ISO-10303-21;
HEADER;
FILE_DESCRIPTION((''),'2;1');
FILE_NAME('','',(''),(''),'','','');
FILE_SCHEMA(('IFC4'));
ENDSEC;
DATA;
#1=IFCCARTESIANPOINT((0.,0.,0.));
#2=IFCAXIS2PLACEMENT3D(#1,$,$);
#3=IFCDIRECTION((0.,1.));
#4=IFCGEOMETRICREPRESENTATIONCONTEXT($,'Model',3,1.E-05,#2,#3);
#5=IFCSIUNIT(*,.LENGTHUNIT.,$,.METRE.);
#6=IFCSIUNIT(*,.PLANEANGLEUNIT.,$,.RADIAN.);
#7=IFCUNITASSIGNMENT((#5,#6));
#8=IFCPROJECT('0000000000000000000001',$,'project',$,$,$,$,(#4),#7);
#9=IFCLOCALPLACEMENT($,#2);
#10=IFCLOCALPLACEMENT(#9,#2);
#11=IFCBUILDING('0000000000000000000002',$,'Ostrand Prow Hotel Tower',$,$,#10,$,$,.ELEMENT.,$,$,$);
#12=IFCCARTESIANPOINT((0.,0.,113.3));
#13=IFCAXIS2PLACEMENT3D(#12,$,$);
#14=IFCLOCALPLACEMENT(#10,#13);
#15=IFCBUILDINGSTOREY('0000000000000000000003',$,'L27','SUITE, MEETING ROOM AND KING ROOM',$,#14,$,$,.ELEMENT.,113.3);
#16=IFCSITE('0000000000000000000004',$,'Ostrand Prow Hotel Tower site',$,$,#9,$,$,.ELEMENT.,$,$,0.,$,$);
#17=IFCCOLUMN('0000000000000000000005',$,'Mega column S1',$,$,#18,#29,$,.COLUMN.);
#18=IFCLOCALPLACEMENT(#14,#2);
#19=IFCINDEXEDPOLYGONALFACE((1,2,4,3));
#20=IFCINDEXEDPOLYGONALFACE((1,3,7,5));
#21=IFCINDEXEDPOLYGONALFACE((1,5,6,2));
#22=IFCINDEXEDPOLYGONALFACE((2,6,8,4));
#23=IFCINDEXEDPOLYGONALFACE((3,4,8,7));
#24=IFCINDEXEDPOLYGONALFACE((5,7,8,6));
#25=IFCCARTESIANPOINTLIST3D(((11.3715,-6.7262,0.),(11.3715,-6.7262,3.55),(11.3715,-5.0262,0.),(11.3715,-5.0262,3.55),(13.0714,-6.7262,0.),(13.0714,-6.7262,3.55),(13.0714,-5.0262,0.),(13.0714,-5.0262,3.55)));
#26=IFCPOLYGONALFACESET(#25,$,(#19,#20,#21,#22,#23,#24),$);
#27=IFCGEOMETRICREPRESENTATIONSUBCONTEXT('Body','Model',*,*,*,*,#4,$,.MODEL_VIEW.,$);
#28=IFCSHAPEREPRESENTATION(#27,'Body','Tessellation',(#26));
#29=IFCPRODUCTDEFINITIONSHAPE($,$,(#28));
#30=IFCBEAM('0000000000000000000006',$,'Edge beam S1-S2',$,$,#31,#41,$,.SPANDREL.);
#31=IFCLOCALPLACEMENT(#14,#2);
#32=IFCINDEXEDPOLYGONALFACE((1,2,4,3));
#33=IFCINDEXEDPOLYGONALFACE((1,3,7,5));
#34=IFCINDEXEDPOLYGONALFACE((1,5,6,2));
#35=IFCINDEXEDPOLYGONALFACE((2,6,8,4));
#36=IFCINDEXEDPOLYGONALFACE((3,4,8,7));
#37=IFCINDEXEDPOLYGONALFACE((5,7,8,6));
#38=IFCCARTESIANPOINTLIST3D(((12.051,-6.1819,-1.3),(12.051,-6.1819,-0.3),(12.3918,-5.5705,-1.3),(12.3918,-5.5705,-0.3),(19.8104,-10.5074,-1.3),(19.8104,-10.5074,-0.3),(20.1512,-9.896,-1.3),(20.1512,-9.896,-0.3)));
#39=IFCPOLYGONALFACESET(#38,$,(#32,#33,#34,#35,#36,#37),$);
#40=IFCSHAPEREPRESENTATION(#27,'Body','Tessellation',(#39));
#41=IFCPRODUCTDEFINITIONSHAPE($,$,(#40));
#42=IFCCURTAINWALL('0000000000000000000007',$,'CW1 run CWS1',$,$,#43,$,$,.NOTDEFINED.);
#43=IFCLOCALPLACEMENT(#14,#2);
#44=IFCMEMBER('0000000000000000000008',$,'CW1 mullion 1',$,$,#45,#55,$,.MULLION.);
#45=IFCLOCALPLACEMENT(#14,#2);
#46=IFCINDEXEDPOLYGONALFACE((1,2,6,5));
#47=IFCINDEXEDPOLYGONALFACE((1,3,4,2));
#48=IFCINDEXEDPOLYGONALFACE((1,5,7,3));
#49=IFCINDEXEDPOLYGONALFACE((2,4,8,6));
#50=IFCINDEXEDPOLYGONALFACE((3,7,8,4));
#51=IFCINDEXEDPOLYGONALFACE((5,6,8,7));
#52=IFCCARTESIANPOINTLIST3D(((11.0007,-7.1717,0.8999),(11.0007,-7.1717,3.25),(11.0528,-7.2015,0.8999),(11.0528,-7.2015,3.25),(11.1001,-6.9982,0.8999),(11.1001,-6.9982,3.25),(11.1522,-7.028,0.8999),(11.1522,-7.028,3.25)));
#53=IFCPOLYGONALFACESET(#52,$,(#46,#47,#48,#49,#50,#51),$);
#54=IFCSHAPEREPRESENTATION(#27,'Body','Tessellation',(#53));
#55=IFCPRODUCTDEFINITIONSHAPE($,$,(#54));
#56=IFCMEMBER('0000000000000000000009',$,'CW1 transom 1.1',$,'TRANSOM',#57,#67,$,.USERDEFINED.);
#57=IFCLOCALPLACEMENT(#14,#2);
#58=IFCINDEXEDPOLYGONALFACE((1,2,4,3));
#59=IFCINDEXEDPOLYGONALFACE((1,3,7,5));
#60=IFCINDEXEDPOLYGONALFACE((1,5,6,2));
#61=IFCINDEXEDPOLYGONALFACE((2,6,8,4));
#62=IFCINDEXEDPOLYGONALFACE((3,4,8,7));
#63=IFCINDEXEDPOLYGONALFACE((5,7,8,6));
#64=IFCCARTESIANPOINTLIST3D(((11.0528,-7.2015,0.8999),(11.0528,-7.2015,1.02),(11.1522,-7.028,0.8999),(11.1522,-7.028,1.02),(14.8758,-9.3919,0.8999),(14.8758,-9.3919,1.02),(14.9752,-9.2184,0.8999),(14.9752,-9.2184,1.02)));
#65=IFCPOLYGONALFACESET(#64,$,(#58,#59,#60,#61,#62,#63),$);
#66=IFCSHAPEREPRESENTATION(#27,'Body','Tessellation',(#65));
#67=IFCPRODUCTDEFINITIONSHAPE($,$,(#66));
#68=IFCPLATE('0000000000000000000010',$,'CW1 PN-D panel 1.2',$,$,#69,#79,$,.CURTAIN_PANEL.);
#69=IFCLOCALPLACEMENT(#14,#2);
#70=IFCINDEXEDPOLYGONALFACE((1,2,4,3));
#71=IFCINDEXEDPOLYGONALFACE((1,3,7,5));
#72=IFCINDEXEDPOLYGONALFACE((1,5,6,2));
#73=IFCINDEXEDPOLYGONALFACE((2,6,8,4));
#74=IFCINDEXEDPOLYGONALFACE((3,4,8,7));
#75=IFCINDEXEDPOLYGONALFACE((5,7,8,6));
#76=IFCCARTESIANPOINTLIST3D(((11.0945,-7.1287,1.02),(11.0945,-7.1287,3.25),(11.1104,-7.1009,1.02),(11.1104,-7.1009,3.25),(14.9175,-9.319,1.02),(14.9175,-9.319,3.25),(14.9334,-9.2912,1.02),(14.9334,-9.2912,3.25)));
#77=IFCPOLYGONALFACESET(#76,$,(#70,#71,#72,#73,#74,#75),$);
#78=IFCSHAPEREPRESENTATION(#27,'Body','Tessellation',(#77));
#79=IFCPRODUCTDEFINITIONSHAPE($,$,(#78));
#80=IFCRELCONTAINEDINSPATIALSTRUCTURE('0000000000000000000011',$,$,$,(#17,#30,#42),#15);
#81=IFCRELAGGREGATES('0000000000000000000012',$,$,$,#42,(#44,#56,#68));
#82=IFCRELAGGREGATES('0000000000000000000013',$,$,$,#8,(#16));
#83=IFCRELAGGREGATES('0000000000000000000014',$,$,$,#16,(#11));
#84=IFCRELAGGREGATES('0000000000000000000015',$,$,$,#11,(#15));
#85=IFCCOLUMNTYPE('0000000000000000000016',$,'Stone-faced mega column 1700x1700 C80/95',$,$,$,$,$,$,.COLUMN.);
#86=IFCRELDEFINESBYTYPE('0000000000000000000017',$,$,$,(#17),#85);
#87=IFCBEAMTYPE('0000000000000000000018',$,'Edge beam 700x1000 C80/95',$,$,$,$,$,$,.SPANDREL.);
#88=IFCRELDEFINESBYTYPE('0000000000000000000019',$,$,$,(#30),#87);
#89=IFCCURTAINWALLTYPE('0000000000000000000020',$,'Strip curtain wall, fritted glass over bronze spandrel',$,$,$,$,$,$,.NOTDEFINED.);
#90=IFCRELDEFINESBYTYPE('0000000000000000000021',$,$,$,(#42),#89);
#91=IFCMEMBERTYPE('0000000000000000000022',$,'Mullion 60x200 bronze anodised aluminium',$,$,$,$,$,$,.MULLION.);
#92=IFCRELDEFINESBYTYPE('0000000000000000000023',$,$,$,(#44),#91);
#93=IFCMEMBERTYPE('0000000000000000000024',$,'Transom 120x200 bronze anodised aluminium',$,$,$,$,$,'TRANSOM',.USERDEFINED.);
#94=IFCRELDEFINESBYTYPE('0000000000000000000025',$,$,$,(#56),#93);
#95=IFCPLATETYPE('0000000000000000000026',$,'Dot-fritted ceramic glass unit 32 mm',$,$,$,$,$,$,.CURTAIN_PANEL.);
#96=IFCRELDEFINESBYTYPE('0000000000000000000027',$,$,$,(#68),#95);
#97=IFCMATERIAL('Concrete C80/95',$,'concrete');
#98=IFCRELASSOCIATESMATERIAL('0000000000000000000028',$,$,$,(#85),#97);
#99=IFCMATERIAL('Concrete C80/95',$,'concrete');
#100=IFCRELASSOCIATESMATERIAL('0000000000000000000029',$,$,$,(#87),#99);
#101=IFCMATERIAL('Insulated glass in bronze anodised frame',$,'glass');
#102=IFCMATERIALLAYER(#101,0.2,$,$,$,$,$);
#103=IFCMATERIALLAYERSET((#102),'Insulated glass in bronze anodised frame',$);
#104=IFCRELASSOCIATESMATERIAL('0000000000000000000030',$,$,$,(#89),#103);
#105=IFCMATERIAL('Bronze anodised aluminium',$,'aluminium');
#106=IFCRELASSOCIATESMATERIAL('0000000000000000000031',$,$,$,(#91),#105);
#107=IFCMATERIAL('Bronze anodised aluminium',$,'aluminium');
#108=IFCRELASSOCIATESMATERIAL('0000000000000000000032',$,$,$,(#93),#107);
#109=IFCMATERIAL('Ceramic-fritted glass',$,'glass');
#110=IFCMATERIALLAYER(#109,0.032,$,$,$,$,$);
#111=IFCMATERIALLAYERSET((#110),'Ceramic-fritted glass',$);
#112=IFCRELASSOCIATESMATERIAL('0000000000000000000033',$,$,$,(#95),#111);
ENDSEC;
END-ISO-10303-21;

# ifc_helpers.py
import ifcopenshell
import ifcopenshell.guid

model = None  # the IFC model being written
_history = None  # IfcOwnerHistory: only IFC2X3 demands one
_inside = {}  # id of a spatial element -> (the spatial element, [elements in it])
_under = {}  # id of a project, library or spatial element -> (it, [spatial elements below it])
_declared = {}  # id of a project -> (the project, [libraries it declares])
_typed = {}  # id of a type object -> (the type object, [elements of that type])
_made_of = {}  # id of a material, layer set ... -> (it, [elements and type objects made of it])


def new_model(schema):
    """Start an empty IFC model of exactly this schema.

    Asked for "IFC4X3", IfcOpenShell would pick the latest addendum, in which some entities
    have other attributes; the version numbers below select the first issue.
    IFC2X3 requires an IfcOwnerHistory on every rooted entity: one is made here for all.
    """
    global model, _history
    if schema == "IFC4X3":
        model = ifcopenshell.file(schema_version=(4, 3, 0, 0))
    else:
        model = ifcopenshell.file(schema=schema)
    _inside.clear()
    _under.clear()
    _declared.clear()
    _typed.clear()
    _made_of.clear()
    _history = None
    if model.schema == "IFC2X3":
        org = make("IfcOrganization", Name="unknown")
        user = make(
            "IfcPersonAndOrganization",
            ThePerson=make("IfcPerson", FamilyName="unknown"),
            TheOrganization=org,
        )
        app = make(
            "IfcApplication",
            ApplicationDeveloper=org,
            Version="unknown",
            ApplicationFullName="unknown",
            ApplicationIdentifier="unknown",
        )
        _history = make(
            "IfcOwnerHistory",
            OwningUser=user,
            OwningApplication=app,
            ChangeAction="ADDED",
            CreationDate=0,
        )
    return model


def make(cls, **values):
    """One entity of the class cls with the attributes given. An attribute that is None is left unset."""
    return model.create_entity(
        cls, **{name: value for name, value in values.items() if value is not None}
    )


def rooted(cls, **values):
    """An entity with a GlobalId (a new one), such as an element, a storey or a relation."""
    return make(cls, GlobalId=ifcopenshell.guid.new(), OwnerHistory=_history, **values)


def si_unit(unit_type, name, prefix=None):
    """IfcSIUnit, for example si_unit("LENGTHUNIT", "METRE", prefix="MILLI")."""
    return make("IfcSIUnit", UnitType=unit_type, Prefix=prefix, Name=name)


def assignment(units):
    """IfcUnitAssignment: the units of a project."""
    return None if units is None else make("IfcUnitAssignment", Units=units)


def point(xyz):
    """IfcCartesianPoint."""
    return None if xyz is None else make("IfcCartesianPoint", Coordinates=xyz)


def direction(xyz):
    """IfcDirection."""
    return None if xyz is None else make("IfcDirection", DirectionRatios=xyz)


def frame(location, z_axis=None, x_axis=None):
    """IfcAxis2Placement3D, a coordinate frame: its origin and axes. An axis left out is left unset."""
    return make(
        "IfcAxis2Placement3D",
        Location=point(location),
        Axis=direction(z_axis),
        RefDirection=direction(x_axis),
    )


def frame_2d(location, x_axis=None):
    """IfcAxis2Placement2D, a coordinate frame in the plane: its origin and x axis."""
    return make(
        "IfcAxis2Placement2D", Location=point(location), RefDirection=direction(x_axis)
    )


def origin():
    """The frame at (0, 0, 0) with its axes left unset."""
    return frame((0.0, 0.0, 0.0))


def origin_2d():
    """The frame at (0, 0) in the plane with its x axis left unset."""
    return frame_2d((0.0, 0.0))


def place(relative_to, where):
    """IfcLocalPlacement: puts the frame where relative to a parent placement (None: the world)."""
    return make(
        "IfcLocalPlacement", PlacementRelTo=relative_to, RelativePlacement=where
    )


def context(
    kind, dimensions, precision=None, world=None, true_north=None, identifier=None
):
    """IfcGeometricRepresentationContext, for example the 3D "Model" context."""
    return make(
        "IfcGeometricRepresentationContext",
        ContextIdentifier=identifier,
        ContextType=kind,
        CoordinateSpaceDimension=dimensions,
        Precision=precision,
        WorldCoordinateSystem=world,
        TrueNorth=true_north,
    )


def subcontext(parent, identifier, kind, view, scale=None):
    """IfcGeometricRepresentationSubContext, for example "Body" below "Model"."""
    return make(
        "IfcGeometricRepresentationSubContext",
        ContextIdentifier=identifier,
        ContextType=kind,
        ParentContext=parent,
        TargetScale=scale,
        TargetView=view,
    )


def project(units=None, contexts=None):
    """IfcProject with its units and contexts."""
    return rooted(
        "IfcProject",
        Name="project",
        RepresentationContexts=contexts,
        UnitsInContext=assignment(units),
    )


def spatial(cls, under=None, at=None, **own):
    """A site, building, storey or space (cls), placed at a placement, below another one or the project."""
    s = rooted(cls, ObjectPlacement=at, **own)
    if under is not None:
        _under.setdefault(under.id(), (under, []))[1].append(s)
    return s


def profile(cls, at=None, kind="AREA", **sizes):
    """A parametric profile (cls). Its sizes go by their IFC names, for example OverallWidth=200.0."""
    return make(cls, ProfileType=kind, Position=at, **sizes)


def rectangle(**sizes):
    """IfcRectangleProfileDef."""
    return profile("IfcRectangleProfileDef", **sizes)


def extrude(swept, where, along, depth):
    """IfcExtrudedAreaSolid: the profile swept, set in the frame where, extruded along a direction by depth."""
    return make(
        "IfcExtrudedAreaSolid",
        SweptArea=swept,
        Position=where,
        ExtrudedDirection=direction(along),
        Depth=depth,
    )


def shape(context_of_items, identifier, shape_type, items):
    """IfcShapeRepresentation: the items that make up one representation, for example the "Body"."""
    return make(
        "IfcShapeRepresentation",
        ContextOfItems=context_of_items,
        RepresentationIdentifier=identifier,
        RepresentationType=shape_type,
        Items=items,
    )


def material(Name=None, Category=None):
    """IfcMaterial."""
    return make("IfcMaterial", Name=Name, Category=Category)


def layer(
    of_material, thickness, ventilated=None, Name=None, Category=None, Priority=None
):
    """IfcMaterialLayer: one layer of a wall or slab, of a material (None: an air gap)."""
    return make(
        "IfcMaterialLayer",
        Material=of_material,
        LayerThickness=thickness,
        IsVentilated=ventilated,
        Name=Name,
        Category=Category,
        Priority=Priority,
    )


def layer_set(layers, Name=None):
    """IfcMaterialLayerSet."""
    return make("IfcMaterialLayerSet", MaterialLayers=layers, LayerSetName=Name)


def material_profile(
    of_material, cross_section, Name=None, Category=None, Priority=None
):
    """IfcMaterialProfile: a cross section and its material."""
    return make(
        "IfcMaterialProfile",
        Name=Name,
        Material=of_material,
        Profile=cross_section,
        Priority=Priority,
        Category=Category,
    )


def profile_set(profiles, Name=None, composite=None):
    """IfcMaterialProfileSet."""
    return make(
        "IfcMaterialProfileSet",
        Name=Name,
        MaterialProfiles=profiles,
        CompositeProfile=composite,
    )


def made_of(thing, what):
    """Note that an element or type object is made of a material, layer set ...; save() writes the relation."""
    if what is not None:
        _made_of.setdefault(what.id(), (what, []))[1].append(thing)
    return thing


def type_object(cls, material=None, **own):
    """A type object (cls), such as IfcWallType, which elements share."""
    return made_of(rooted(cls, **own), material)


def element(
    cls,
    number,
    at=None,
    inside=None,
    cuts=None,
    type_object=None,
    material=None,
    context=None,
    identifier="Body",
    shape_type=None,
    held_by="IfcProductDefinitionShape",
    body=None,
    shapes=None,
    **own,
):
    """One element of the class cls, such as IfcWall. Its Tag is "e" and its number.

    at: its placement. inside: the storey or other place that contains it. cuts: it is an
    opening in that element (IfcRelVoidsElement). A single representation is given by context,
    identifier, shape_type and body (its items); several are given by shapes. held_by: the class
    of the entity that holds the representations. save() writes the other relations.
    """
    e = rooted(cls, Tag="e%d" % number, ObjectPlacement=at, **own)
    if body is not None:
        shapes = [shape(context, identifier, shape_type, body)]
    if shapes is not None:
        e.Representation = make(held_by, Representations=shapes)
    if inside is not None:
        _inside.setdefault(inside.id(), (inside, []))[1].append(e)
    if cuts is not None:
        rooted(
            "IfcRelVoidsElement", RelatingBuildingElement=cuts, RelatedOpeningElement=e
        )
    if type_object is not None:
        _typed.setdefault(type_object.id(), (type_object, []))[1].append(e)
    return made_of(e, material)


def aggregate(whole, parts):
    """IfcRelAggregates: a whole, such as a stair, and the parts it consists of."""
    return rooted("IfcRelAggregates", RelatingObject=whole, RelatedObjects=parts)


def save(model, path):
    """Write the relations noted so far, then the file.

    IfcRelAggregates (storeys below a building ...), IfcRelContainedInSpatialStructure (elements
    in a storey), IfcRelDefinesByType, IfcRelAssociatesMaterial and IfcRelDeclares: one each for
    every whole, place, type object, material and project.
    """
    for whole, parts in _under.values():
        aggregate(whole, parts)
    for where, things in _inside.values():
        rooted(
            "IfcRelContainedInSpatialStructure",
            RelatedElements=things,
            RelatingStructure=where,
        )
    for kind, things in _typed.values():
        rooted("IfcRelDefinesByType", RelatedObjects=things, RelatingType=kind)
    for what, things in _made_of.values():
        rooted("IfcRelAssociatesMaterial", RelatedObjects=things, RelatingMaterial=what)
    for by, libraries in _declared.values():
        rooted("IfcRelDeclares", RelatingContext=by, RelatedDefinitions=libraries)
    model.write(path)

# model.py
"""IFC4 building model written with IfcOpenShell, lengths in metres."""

from ifc_helpers import new_model, si_unit, direction, frame, origin, origin_2d, place, context, subcontext, project, spatial, rectangle, extrude, material, layer, layer_set, material_profile, profile_set, type_object, element, aggregate, save


model = new_model("IFC4")

# Units and contexts
model_context = context("Model", 3, precision=1e-05, world=origin(), true_north=direction((0.0, 1.0)))
body_context = subcontext(model_context, "Body", "Model", "MODEL_VIEW")
ifc_project = project(units=[si_unit("LENGTHUNIT", "METRE"), si_unit("PLANEANGLEUNIT", "RADIAN")], contexts=[model_context])

# Site, building, storey
site_placement = place(None, origin())
site = spatial("IfcSite", under=ifc_project, at=site_placement, Name="Ostrand Prow Hotel Tower site", CompositionType="ELEMENT", RefElevation=0.0)
building_placement = place(site_placement, origin())
building = spatial("IfcBuilding", under=site, at=building_placement, Name="Ostrand Prow Hotel Tower", CompositionType="ELEMENT")
storey_placement = place(building_placement, frame((0.0, 0.0, 113.3)))
storey = spatial("IfcBuildingStorey", under=building, at=storey_placement, Name="L27", Description="SUITE, MEETING ROOM AND KING ROOM", CompositionType="ELEMENT", Elevation=113.3)

# Column
ifc_material_1 = material(Name="Concrete C80/95", Category="concrete")
ifc_material_profile_1 = material_profile(ifc_material_1, rectangle(XDim=1.7, YDim=1.7, at=origin_2d()), Name="RC 1700x1700")
ifc_profile_set_1 = profile_set([ifc_material_profile_1], Name="Concrete C80/95")
column_type = type_object("IfcColumnType", Name="Stone-faced mega column 1700x1700 C80/95", PredefinedType="COLUMN", material=ifc_profile_set_1)
column_placement = place(storey_placement, frame((12.2214, -5.8762, 0.0), z_axis=(0.0, 0.0, 1.0), x_axis=(1.0, 0.0, 0.0)))
element("IfcColumn", 1, at=column_placement, inside=storey, type_object=column_type, Name="Mega column S1", PredefinedType="COLUMN", context=body_context, shape_type="SweptSolid", body=[
    extrude(rectangle(XDim=1.7, YDim=1.7, at=origin_2d()), origin(), (0.0, 0.0, 1.0), 3.55),
])

# Beam
ifc_material_2 = material(Name="Concrete C80/95", Category="concrete")
ifc_material_profile_2 = material_profile(ifc_material_2, rectangle(XDim=0.7, YDim=1.0, at=origin_2d()), Name="RC 700x1000")
ifc_profile_set_2 = profile_set([ifc_material_profile_2], Name="Concrete C80/95")
beam_type = type_object("IfcBeamType", Name="Edge beam 700x1000 C80/95", PredefinedType="SPANDREL", material=ifc_profile_set_2)
beam_placement = place(storey_placement, frame((12.2214, -5.8762, -0.8), z_axis=(0.873452, -0.486909, 0.0), x_axis=(0.486909, 0.873452, 0.0)))
element("IfcBeam", 2, at=beam_placement, inside=storey, type_object=beam_type, Name="Edge beam S1-S2", PredefinedType="SPANDREL", context=body_context, shape_type="SweptSolid", body=[
    extrude(rectangle(XDim=0.7, YDim=1.0, at=origin_2d()), origin(), (0.0, 0.0, 1.0), 8.8835),
])

# Curtain wall, members, plate
ifc_material_3 = material(Name="Insulated glass in bronze anodised frame", Category="glass")
ifc_layer_1 = layer(ifc_material_3, 0.2)
ifc_layer_set_1 = layer_set([ifc_layer_1], Name="Insulated glass in bronze anodised frame")
curtain_wall_type = type_object("IfcCurtainWallType", Name="Strip curtain wall, fritted glass over bronze spandrel", PredefinedType="NOTDEFINED", material=ifc_layer_set_1)
curtain_wall_placement = place(storey_placement, origin())
curtain_wall = element("IfcCurtainWall", 3, at=curtain_wall_placement, inside=storey, type_object=curtain_wall_type, Name="CW1 run CWS1", PredefinedType="NOTDEFINED")
ifc_material_4 = material(Name="Bronze anodised aluminium", Category="aluminium")
ifc_material_profile_3 = material_profile(ifc_material_4, rectangle(XDim=0.2, YDim=0.0601, at=origin_2d()), Name="Mullion 60x200 bronze anodised aluminium")
ifc_profile_set_3 = profile_set([ifc_material_profile_3], Name="Bronze anodised aluminium")
member_type_1 = type_object("IfcMemberType", Name="Mullion 60x200 bronze anodised aluminium", PredefinedType="MULLION", material=ifc_profile_set_3)
member_1_placement = place(storey_placement, frame((11.0764, -7.0999, 0.8999), z_axis=(0.0, 0.0, 1.0), x_axis=(0.497115, 0.867685, 0.0)))
member_1 = element("IfcMember", 4, at=member_1_placement, type_object=member_type_1, Name="CW1 mullion 1", PredefinedType="MULLION", context=body_context, shape_type="SweptSolid", body=[
    extrude(rectangle(XDim=0.2, YDim=0.0601, at=origin_2d()), origin(), (0.0, 0.0, 1.0), 2.3501),
])
ifc_material_5 = material(Name="Bronze anodised aluminium", Category="aluminium")
ifc_material_profile_4 = material_profile(ifc_material_5, rectangle(XDim=0.2, YDim=0.1201, at=origin_2d()), Name="Transom 120x200 bronze anodised aluminium")
ifc_profile_set_4 = profile_set([ifc_material_profile_4], Name="Bronze anodised aluminium")
member_type_2 = type_object("IfcMemberType", Name="Transom 120x200 bronze anodised aluminium", ElementType="TRANSOM", PredefinedType="USERDEFINED", material=ifc_profile_set_4)
member_2_placement = place(storey_placement, frame((11.1025, -7.1147, 0.96), z_axis=(0.86767, -0.497141, 0.0), x_axis=(0.497141, 0.86767, 0.0)))
member_2 = element("IfcMember", 5, at=member_2_placement, type_object=member_type_2, Name="CW1 transom 1.1", ObjectType="TRANSOM", PredefinedType="USERDEFINED", context=body_context, shape_type="SweptSolid", body=[
    extrude(rectangle(XDim=0.2, YDim=0.1201, at=origin_2d()), origin(), (0.0, 0.0, 1.0), 4.406),
])
ifc_material_6 = material(Name="Ceramic-fritted glass", Category="glass")
ifc_layer_2 = layer(ifc_material_6, 0.032)
ifc_layer_set_2 = layer_set([ifc_layer_2], Name="Ceramic-fritted glass")
plate_type = type_object("IfcPlateType", Name="Dot-fritted ceramic glass unit 32 mm", PredefinedType="CURTAIN_PANEL", material=ifc_layer_set_2)
plate_placement = place(storey_placement, frame((13.0139, -8.21, 1.02), z_axis=(0.0, 0.0, 1.0), x_axis=(0.867685, -0.497115, 0.0)))
plate = element("IfcPlate", 6, at=plate_placement, type_object=plate_type, Name="CW1 PN-D panel 1.2", PredefinedType="CURTAIN_PANEL", context=body_context, shape_type="SweptSolid", body=[
    extrude(rectangle(XDim=4.406, YDim=0.032, at=origin_2d()), origin(), (0.0, 0.0, 1.0), 2.23),
])
aggregate(curtain_wall, [member_1, member_2, plate])

save(model, "model.ifc")
